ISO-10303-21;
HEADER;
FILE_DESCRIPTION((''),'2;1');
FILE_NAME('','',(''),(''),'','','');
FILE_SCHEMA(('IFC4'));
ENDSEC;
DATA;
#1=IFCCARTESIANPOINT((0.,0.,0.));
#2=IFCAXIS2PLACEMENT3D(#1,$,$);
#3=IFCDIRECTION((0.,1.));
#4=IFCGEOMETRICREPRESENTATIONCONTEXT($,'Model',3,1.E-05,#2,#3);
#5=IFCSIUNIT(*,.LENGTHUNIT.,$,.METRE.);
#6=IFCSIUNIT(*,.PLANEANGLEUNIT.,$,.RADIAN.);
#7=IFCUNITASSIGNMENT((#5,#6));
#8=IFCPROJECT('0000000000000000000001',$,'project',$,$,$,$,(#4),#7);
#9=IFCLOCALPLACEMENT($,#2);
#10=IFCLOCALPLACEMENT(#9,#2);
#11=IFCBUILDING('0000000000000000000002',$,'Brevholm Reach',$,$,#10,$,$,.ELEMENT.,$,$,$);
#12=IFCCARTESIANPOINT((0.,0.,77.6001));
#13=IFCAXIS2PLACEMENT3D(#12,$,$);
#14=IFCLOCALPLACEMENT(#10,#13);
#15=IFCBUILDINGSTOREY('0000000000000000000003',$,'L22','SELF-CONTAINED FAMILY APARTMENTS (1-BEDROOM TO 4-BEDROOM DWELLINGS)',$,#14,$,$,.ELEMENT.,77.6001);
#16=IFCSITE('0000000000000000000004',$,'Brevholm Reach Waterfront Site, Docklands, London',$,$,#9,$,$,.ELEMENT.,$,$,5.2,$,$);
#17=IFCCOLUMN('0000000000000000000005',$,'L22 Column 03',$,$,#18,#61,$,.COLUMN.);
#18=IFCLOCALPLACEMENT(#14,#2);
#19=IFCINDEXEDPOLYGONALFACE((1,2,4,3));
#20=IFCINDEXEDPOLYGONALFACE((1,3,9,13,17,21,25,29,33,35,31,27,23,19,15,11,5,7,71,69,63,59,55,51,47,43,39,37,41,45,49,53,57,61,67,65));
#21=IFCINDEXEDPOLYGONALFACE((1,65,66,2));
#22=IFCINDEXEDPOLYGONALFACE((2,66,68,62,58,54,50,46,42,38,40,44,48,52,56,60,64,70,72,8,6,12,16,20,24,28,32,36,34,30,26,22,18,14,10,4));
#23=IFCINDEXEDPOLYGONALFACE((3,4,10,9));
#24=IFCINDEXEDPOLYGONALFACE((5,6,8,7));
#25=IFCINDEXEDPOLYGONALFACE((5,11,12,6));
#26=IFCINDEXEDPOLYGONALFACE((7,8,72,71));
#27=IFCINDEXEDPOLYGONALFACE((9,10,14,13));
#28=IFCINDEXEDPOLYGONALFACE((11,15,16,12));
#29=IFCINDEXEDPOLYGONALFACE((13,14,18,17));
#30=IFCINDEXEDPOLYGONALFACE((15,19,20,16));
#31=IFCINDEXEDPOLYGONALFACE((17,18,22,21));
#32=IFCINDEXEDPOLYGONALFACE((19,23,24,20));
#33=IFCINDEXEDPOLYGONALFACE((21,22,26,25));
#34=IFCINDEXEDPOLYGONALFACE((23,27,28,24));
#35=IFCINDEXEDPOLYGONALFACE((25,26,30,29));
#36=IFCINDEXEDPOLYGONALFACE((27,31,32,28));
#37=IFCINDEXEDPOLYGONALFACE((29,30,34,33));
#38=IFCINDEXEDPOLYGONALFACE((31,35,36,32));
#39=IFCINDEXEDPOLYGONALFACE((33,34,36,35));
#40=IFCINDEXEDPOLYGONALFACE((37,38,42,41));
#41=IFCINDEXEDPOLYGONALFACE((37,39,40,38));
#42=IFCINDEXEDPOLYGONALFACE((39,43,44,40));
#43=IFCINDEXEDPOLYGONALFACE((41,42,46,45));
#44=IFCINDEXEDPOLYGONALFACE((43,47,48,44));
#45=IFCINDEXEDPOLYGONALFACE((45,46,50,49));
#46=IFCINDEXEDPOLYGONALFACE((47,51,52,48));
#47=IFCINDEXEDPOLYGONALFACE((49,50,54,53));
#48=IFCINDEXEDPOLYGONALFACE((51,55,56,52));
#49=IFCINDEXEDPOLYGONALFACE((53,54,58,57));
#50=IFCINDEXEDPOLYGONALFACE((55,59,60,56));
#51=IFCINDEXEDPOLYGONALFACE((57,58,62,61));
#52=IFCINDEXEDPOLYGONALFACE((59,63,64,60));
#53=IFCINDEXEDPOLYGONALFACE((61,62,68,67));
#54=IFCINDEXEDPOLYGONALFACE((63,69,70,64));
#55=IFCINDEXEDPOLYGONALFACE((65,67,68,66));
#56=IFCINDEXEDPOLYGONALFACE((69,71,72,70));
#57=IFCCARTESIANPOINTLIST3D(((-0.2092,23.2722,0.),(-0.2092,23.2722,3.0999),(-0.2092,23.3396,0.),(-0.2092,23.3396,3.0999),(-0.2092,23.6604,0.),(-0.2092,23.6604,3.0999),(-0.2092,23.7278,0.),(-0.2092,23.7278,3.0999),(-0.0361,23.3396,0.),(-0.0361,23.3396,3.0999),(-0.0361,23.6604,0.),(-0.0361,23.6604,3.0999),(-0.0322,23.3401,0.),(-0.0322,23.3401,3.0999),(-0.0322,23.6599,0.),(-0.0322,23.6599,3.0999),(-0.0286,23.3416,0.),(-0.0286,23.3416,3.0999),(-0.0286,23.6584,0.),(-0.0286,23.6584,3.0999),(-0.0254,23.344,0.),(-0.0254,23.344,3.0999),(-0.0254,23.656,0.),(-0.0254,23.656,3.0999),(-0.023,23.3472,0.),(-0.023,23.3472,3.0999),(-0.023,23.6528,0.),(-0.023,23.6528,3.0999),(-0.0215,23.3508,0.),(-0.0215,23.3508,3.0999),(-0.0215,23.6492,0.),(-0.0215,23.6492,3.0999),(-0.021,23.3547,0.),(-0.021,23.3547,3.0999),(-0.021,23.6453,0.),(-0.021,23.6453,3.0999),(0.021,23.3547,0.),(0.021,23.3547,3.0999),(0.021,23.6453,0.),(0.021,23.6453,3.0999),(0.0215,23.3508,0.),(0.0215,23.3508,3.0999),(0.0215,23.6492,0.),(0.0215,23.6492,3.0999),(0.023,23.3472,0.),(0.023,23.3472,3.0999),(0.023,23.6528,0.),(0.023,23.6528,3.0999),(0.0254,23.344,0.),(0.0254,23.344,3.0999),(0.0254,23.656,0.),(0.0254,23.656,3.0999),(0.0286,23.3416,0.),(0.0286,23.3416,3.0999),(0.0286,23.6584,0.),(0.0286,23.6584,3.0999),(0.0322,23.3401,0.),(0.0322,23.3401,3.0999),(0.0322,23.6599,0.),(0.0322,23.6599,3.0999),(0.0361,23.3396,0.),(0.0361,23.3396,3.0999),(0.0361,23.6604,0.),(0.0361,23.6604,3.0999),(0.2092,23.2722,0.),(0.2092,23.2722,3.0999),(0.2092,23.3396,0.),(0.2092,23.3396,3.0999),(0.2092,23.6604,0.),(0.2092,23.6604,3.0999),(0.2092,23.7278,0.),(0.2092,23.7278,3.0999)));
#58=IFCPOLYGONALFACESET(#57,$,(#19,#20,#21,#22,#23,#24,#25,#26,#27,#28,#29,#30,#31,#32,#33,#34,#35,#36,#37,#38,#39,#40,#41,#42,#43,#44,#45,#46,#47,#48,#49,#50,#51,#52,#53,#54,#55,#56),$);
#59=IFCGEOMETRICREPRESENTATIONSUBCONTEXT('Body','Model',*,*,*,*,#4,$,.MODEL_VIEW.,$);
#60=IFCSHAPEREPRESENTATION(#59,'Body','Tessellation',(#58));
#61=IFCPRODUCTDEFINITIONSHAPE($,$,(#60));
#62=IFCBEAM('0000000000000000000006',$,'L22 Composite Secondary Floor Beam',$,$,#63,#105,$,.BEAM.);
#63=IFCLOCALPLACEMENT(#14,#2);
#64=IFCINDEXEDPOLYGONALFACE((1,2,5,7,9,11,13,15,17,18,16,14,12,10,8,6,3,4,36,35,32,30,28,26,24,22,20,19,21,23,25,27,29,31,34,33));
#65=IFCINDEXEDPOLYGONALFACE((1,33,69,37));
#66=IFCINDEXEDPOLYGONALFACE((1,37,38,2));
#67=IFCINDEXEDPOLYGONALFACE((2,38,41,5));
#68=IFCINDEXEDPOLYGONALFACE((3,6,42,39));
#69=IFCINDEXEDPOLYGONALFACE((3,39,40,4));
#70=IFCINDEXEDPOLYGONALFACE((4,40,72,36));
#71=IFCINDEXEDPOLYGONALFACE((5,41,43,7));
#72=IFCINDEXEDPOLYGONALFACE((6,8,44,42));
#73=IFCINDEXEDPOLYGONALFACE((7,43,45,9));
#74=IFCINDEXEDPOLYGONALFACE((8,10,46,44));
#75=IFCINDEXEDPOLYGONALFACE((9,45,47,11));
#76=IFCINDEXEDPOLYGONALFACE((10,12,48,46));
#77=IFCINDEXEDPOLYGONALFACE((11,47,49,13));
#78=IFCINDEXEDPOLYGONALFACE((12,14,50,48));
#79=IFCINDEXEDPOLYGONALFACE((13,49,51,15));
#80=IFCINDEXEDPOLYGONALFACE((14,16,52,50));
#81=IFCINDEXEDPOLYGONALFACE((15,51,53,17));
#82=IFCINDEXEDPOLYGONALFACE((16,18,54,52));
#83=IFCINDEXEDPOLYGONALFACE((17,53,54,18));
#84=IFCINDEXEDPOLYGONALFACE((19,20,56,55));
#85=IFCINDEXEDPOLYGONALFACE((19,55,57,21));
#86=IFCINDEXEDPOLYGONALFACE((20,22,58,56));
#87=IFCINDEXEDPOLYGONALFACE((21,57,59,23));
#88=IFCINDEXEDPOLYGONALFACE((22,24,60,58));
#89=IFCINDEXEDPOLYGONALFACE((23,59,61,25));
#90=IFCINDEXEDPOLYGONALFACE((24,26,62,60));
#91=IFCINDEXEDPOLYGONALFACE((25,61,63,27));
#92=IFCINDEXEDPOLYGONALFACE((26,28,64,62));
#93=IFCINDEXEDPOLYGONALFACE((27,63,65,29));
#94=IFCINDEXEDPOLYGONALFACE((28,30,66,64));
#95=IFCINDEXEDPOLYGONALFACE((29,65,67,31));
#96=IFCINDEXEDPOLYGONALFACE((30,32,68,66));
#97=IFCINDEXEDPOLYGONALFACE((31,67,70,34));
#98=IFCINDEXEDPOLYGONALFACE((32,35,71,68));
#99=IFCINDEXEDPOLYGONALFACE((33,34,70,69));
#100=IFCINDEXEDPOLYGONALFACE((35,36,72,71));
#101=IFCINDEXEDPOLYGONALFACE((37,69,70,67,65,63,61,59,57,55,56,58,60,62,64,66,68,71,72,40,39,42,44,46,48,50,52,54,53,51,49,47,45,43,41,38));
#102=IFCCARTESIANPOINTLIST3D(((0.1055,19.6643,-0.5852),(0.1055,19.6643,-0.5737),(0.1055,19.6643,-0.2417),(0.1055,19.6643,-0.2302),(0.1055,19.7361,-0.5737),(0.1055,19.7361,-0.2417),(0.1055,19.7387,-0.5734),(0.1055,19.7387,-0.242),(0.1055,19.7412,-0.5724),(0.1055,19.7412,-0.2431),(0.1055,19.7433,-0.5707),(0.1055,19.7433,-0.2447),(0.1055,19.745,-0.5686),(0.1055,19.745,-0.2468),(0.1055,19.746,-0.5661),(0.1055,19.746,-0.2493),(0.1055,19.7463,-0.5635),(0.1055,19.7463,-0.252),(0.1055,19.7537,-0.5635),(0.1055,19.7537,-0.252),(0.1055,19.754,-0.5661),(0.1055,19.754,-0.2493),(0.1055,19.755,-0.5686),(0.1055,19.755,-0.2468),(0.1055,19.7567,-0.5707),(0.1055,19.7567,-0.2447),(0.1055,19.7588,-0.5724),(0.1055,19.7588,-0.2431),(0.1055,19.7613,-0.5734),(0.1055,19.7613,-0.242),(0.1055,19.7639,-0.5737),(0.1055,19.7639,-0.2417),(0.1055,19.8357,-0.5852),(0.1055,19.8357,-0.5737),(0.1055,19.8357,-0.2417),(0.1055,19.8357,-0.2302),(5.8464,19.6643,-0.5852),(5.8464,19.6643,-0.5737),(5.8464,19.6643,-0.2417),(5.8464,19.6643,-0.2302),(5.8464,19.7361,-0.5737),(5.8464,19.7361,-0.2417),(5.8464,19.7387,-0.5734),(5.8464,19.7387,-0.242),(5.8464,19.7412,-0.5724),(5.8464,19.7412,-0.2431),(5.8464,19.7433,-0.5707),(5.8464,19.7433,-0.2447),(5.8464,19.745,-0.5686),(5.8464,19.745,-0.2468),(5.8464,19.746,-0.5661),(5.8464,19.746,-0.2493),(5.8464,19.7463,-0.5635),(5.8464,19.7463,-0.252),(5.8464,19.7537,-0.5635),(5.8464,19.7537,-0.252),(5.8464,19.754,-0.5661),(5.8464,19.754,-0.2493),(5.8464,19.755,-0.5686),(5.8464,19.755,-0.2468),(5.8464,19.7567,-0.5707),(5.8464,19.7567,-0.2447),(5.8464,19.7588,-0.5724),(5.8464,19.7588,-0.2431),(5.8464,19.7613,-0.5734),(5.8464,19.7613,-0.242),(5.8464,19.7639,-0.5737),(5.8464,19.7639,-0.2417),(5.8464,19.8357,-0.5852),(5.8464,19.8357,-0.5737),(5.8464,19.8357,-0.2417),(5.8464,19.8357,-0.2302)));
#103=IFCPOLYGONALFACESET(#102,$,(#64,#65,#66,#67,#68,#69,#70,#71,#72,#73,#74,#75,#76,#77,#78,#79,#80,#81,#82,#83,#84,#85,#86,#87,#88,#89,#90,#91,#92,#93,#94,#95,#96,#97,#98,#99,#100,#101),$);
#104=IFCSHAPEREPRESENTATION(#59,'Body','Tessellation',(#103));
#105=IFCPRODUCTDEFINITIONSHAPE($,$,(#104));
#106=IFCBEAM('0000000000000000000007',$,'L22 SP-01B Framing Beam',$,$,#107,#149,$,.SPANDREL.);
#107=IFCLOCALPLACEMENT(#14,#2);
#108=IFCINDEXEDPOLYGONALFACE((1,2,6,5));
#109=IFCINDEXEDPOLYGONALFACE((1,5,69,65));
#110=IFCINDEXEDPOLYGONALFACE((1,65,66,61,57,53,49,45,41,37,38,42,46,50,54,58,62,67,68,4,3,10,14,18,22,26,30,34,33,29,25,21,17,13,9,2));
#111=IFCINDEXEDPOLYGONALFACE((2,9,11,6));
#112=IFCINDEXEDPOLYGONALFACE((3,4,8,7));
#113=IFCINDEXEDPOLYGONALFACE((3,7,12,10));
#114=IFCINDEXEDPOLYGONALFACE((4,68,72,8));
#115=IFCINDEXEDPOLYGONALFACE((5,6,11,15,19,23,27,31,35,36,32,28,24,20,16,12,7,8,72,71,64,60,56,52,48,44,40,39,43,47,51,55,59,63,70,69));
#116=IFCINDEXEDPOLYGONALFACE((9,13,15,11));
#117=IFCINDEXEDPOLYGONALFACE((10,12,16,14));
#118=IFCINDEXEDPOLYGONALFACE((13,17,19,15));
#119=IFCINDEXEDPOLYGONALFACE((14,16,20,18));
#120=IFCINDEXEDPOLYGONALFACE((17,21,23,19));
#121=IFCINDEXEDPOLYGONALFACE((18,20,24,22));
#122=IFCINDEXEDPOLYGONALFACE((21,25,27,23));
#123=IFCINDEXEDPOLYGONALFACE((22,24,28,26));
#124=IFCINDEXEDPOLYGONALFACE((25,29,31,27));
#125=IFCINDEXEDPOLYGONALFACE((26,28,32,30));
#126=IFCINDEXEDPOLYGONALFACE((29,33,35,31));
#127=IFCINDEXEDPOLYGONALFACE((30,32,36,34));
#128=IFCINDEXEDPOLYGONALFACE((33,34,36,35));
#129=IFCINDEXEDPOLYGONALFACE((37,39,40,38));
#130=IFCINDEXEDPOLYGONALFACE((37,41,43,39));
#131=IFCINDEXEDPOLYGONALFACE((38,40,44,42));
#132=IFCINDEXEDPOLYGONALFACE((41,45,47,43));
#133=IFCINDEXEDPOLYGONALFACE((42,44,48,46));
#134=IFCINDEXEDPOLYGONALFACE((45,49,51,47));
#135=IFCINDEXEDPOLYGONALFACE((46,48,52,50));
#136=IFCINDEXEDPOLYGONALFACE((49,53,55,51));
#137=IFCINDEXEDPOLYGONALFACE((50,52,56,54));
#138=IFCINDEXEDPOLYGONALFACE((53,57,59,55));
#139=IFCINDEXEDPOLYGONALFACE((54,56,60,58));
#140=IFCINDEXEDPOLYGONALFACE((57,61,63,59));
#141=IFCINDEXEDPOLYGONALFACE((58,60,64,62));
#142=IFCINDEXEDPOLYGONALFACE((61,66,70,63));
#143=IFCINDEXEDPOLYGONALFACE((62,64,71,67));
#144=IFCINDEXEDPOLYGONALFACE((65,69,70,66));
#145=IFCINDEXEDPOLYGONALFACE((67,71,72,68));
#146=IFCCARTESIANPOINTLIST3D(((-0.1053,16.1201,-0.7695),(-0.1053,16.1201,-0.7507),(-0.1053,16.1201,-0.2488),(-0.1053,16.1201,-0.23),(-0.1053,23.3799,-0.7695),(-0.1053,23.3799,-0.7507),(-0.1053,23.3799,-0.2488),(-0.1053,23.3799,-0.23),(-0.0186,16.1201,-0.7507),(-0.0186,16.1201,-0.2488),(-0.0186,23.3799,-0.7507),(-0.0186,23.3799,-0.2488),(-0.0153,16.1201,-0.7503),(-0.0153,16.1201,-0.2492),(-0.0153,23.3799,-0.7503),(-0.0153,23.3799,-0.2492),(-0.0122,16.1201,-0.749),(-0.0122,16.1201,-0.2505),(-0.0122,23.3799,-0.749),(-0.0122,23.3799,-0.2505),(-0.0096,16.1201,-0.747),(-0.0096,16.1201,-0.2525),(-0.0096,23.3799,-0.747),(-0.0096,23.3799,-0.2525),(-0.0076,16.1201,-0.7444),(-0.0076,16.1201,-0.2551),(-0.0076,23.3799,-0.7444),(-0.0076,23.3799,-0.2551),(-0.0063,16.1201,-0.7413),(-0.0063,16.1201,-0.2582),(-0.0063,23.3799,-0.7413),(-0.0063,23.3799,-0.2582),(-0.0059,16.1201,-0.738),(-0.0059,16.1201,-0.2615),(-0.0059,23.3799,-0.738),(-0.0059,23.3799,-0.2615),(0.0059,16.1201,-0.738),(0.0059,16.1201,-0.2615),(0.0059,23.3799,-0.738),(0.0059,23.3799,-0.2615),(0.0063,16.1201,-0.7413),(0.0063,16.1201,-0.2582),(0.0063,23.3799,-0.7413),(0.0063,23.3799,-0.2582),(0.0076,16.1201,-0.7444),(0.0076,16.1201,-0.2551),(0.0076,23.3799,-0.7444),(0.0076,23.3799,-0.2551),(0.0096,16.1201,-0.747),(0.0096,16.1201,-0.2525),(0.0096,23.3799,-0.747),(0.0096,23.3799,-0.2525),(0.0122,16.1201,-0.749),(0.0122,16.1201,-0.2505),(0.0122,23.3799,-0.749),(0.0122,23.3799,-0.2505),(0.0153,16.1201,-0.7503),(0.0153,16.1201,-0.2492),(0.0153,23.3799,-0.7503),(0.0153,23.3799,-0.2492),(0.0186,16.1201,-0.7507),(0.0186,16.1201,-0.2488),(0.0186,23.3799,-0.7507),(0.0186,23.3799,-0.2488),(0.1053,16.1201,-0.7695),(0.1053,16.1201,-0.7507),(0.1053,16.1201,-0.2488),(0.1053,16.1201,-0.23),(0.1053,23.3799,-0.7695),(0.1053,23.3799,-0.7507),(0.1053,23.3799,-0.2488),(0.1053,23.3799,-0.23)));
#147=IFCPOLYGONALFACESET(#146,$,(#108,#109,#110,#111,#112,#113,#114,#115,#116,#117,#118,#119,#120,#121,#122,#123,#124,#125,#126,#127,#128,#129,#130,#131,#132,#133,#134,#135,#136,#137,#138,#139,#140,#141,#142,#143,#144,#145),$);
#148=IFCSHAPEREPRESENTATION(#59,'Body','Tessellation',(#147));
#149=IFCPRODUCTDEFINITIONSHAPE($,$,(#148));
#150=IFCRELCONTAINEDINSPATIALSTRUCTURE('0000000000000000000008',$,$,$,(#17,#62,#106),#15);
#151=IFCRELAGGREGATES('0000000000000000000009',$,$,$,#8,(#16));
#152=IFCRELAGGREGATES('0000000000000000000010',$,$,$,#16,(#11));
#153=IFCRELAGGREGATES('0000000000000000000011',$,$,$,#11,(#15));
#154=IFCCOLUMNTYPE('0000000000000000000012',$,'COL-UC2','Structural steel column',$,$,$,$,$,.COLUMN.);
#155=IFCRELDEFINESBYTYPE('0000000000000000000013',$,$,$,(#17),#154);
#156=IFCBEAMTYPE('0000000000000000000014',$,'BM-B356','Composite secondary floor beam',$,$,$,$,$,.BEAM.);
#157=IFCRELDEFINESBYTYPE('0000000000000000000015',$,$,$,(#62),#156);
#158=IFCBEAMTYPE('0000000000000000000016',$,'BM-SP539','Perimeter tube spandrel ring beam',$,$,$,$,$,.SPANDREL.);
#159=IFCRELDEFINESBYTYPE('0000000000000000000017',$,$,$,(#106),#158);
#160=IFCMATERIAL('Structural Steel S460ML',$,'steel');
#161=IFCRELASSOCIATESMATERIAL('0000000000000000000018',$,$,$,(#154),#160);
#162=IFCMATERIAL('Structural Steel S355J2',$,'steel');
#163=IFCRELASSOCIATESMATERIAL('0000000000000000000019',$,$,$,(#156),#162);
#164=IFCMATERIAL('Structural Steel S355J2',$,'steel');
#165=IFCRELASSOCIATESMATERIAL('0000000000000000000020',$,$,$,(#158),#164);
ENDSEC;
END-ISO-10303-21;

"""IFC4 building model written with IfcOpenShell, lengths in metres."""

from ifc_helpers import new_model, si_unit, direction, frame, origin, origin_2d, place, context, subcontext, project, spatial, i_section, extrude, material, material_profile, profile_set, type_object, element, save


model = new_model("IFC4")

# Units and contexts
model_context = context("Model", 3, precision=1e-05, world=origin(), true_north=direction((0.0, 1.0)))
body_context = subcontext(model_context, "Body", "Model", "MODEL_VIEW")
ifc_project = project(units=[si_unit("LENGTHUNIT", "METRE"), si_unit("PLANEANGLEUNIT", "RADIAN")], contexts=[model_context])

# Site, building, storey
site_placement = place(None, origin())
site = spatial("IfcSite", under=ifc_project, at=site_placement, Name="Brevholm Reach Waterfront Site, Docklands, London", CompositionType="ELEMENT", RefElevation=5.2)
building_placement = place(site_placement, origin())
building = spatial("IfcBuilding", under=site, at=building_placement, Name="Brevholm Reach", CompositionType="ELEMENT")
storey_placement = place(building_placement, frame((0.0, 0.0, 77.6001)))
storey = spatial("IfcBuildingStorey", under=building, at=storey_placement, Name="L22", Description="SELF-CONTAINED FAMILY APARTMENTS (1-BEDROOM TO 4-BEDROOM DWELLINGS)", CompositionType="ELEMENT", Elevation=77.6001)

# Column
ifc_material_1 = material(Name="Structural Steel S460ML", Category="steel")
ifc_material_profile_1 = material_profile(ifc_material_1, i_section(OverallWidth=0.4185, OverallDepth=0.4556, WebThickness=0.042, FlangeThickness=0.0674, FilletRadius=0.0151, at=origin_2d()), Name="UKC 356x406x551")
ifc_profile_set_1 = profile_set([ifc_material_profile_1], Name="Structural Steel S460ML")
column_type = type_object("IfcColumnType", Name="COL-UC2", Description="Structural steel column", PredefinedType="COLUMN", material=ifc_profile_set_1)
column_placement = place(storey_placement, frame((0.0, 23.5, 0.0), z_axis=(0.0, 0.0, 1.0), x_axis=(1.0, 0.0, 0.0)))
element("IfcColumn", 1, at=column_placement, inside=storey, type_object=column_type, Name="L22 Column 03", PredefinedType="COLUMN", context=body_context, shape_type="SweptSolid", body=[
    extrude(i_section(OverallWidth=0.4185, OverallDepth=0.4556, WebThickness=0.042, FlangeThickness=0.0674, FilletRadius=0.0151, at=origin_2d()), origin(), (0.0, 0.0, 1.0), 3.0999),
])

# Beams
ifc_material_2 = material(Name="Structural Steel S355J2", Category="steel")
ifc_material_profile_2 = material_profile(ifc_material_2, i_section(OverallWidth=0.1714, OverallDepth=0.355, WebThickness=0.0073, FlangeThickness=0.0115, FilletRadius=0.0103, at=origin_2d()), Name="UKB 356x171x51")
ifc_profile_set_2 = profile_set([ifc_material_profile_2], Name="Structural Steel S355J2")
beam_type_1 = type_object("IfcBeamType", Name="BM-B356", Description="Composite secondary floor beam", PredefinedType="BEAM", material=ifc_profile_set_2)
beam_1_placement = place(storey_placement, frame((0.1055, 19.75, -0.4077), z_axis=(1.0, 0.0, 0.0), x_axis=(0.0, 1.0, 0.0)))
element("IfcBeam", 2, at=beam_1_placement, inside=storey, type_object=beam_type_1, Name="L22 Composite Secondary Floor Beam", PredefinedType="BEAM", context=body_context, shape_type="SweptSolid", body=[
    extrude(i_section(OverallWidth=0.1714, OverallDepth=0.355, WebThickness=0.0073, FlangeThickness=0.0115, FilletRadius=0.0103, at=origin_2d()), origin(), (0.0, 0.0, 1.0), 5.741),
])
ifc_material_3 = material(Name="Structural Steel S355J2", Category="steel")
ifc_material_profile_3 = material_profile(ifc_material_3, i_section(OverallWidth=0.2107, OverallDepth=0.5396, WebThickness=0.0117, FlangeThickness=0.0188, FilletRadius=0.0127, at=origin_2d()), Name="UKB 533x210x109")
ifc_profile_set_3 = profile_set([ifc_material_profile_3], Name="Structural Steel S355J2")
beam_type_2 = type_object("IfcBeamType", Name="BM-SP539", Description="Perimeter tube spandrel ring beam", PredefinedType="SPANDREL", material=ifc_profile_set_3)
beam_2_placement = place(storey_placement, frame((0.0, 16.1201, -0.4998), z_axis=(0.0, 1.0, 0.0), x_axis=(-1.0, 0.0, 0.0)))
element("IfcBeam", 3, at=beam_2_placement, inside=storey, type_object=beam_type_2, Name="L22 SP-01B Framing Beam", PredefinedType="SPANDREL", context=body_context, shape_type="SweptSolid", body=[
    extrude(i_section(OverallWidth=0.2107, OverallDepth=0.5396, WebThickness=0.0117, FlangeThickness=0.0188, FilletRadius=0.0127, at=origin_2d()), origin(), (0.0, 0.0, 1.0), 7.2598),
])

save(model, "model.ifc")
